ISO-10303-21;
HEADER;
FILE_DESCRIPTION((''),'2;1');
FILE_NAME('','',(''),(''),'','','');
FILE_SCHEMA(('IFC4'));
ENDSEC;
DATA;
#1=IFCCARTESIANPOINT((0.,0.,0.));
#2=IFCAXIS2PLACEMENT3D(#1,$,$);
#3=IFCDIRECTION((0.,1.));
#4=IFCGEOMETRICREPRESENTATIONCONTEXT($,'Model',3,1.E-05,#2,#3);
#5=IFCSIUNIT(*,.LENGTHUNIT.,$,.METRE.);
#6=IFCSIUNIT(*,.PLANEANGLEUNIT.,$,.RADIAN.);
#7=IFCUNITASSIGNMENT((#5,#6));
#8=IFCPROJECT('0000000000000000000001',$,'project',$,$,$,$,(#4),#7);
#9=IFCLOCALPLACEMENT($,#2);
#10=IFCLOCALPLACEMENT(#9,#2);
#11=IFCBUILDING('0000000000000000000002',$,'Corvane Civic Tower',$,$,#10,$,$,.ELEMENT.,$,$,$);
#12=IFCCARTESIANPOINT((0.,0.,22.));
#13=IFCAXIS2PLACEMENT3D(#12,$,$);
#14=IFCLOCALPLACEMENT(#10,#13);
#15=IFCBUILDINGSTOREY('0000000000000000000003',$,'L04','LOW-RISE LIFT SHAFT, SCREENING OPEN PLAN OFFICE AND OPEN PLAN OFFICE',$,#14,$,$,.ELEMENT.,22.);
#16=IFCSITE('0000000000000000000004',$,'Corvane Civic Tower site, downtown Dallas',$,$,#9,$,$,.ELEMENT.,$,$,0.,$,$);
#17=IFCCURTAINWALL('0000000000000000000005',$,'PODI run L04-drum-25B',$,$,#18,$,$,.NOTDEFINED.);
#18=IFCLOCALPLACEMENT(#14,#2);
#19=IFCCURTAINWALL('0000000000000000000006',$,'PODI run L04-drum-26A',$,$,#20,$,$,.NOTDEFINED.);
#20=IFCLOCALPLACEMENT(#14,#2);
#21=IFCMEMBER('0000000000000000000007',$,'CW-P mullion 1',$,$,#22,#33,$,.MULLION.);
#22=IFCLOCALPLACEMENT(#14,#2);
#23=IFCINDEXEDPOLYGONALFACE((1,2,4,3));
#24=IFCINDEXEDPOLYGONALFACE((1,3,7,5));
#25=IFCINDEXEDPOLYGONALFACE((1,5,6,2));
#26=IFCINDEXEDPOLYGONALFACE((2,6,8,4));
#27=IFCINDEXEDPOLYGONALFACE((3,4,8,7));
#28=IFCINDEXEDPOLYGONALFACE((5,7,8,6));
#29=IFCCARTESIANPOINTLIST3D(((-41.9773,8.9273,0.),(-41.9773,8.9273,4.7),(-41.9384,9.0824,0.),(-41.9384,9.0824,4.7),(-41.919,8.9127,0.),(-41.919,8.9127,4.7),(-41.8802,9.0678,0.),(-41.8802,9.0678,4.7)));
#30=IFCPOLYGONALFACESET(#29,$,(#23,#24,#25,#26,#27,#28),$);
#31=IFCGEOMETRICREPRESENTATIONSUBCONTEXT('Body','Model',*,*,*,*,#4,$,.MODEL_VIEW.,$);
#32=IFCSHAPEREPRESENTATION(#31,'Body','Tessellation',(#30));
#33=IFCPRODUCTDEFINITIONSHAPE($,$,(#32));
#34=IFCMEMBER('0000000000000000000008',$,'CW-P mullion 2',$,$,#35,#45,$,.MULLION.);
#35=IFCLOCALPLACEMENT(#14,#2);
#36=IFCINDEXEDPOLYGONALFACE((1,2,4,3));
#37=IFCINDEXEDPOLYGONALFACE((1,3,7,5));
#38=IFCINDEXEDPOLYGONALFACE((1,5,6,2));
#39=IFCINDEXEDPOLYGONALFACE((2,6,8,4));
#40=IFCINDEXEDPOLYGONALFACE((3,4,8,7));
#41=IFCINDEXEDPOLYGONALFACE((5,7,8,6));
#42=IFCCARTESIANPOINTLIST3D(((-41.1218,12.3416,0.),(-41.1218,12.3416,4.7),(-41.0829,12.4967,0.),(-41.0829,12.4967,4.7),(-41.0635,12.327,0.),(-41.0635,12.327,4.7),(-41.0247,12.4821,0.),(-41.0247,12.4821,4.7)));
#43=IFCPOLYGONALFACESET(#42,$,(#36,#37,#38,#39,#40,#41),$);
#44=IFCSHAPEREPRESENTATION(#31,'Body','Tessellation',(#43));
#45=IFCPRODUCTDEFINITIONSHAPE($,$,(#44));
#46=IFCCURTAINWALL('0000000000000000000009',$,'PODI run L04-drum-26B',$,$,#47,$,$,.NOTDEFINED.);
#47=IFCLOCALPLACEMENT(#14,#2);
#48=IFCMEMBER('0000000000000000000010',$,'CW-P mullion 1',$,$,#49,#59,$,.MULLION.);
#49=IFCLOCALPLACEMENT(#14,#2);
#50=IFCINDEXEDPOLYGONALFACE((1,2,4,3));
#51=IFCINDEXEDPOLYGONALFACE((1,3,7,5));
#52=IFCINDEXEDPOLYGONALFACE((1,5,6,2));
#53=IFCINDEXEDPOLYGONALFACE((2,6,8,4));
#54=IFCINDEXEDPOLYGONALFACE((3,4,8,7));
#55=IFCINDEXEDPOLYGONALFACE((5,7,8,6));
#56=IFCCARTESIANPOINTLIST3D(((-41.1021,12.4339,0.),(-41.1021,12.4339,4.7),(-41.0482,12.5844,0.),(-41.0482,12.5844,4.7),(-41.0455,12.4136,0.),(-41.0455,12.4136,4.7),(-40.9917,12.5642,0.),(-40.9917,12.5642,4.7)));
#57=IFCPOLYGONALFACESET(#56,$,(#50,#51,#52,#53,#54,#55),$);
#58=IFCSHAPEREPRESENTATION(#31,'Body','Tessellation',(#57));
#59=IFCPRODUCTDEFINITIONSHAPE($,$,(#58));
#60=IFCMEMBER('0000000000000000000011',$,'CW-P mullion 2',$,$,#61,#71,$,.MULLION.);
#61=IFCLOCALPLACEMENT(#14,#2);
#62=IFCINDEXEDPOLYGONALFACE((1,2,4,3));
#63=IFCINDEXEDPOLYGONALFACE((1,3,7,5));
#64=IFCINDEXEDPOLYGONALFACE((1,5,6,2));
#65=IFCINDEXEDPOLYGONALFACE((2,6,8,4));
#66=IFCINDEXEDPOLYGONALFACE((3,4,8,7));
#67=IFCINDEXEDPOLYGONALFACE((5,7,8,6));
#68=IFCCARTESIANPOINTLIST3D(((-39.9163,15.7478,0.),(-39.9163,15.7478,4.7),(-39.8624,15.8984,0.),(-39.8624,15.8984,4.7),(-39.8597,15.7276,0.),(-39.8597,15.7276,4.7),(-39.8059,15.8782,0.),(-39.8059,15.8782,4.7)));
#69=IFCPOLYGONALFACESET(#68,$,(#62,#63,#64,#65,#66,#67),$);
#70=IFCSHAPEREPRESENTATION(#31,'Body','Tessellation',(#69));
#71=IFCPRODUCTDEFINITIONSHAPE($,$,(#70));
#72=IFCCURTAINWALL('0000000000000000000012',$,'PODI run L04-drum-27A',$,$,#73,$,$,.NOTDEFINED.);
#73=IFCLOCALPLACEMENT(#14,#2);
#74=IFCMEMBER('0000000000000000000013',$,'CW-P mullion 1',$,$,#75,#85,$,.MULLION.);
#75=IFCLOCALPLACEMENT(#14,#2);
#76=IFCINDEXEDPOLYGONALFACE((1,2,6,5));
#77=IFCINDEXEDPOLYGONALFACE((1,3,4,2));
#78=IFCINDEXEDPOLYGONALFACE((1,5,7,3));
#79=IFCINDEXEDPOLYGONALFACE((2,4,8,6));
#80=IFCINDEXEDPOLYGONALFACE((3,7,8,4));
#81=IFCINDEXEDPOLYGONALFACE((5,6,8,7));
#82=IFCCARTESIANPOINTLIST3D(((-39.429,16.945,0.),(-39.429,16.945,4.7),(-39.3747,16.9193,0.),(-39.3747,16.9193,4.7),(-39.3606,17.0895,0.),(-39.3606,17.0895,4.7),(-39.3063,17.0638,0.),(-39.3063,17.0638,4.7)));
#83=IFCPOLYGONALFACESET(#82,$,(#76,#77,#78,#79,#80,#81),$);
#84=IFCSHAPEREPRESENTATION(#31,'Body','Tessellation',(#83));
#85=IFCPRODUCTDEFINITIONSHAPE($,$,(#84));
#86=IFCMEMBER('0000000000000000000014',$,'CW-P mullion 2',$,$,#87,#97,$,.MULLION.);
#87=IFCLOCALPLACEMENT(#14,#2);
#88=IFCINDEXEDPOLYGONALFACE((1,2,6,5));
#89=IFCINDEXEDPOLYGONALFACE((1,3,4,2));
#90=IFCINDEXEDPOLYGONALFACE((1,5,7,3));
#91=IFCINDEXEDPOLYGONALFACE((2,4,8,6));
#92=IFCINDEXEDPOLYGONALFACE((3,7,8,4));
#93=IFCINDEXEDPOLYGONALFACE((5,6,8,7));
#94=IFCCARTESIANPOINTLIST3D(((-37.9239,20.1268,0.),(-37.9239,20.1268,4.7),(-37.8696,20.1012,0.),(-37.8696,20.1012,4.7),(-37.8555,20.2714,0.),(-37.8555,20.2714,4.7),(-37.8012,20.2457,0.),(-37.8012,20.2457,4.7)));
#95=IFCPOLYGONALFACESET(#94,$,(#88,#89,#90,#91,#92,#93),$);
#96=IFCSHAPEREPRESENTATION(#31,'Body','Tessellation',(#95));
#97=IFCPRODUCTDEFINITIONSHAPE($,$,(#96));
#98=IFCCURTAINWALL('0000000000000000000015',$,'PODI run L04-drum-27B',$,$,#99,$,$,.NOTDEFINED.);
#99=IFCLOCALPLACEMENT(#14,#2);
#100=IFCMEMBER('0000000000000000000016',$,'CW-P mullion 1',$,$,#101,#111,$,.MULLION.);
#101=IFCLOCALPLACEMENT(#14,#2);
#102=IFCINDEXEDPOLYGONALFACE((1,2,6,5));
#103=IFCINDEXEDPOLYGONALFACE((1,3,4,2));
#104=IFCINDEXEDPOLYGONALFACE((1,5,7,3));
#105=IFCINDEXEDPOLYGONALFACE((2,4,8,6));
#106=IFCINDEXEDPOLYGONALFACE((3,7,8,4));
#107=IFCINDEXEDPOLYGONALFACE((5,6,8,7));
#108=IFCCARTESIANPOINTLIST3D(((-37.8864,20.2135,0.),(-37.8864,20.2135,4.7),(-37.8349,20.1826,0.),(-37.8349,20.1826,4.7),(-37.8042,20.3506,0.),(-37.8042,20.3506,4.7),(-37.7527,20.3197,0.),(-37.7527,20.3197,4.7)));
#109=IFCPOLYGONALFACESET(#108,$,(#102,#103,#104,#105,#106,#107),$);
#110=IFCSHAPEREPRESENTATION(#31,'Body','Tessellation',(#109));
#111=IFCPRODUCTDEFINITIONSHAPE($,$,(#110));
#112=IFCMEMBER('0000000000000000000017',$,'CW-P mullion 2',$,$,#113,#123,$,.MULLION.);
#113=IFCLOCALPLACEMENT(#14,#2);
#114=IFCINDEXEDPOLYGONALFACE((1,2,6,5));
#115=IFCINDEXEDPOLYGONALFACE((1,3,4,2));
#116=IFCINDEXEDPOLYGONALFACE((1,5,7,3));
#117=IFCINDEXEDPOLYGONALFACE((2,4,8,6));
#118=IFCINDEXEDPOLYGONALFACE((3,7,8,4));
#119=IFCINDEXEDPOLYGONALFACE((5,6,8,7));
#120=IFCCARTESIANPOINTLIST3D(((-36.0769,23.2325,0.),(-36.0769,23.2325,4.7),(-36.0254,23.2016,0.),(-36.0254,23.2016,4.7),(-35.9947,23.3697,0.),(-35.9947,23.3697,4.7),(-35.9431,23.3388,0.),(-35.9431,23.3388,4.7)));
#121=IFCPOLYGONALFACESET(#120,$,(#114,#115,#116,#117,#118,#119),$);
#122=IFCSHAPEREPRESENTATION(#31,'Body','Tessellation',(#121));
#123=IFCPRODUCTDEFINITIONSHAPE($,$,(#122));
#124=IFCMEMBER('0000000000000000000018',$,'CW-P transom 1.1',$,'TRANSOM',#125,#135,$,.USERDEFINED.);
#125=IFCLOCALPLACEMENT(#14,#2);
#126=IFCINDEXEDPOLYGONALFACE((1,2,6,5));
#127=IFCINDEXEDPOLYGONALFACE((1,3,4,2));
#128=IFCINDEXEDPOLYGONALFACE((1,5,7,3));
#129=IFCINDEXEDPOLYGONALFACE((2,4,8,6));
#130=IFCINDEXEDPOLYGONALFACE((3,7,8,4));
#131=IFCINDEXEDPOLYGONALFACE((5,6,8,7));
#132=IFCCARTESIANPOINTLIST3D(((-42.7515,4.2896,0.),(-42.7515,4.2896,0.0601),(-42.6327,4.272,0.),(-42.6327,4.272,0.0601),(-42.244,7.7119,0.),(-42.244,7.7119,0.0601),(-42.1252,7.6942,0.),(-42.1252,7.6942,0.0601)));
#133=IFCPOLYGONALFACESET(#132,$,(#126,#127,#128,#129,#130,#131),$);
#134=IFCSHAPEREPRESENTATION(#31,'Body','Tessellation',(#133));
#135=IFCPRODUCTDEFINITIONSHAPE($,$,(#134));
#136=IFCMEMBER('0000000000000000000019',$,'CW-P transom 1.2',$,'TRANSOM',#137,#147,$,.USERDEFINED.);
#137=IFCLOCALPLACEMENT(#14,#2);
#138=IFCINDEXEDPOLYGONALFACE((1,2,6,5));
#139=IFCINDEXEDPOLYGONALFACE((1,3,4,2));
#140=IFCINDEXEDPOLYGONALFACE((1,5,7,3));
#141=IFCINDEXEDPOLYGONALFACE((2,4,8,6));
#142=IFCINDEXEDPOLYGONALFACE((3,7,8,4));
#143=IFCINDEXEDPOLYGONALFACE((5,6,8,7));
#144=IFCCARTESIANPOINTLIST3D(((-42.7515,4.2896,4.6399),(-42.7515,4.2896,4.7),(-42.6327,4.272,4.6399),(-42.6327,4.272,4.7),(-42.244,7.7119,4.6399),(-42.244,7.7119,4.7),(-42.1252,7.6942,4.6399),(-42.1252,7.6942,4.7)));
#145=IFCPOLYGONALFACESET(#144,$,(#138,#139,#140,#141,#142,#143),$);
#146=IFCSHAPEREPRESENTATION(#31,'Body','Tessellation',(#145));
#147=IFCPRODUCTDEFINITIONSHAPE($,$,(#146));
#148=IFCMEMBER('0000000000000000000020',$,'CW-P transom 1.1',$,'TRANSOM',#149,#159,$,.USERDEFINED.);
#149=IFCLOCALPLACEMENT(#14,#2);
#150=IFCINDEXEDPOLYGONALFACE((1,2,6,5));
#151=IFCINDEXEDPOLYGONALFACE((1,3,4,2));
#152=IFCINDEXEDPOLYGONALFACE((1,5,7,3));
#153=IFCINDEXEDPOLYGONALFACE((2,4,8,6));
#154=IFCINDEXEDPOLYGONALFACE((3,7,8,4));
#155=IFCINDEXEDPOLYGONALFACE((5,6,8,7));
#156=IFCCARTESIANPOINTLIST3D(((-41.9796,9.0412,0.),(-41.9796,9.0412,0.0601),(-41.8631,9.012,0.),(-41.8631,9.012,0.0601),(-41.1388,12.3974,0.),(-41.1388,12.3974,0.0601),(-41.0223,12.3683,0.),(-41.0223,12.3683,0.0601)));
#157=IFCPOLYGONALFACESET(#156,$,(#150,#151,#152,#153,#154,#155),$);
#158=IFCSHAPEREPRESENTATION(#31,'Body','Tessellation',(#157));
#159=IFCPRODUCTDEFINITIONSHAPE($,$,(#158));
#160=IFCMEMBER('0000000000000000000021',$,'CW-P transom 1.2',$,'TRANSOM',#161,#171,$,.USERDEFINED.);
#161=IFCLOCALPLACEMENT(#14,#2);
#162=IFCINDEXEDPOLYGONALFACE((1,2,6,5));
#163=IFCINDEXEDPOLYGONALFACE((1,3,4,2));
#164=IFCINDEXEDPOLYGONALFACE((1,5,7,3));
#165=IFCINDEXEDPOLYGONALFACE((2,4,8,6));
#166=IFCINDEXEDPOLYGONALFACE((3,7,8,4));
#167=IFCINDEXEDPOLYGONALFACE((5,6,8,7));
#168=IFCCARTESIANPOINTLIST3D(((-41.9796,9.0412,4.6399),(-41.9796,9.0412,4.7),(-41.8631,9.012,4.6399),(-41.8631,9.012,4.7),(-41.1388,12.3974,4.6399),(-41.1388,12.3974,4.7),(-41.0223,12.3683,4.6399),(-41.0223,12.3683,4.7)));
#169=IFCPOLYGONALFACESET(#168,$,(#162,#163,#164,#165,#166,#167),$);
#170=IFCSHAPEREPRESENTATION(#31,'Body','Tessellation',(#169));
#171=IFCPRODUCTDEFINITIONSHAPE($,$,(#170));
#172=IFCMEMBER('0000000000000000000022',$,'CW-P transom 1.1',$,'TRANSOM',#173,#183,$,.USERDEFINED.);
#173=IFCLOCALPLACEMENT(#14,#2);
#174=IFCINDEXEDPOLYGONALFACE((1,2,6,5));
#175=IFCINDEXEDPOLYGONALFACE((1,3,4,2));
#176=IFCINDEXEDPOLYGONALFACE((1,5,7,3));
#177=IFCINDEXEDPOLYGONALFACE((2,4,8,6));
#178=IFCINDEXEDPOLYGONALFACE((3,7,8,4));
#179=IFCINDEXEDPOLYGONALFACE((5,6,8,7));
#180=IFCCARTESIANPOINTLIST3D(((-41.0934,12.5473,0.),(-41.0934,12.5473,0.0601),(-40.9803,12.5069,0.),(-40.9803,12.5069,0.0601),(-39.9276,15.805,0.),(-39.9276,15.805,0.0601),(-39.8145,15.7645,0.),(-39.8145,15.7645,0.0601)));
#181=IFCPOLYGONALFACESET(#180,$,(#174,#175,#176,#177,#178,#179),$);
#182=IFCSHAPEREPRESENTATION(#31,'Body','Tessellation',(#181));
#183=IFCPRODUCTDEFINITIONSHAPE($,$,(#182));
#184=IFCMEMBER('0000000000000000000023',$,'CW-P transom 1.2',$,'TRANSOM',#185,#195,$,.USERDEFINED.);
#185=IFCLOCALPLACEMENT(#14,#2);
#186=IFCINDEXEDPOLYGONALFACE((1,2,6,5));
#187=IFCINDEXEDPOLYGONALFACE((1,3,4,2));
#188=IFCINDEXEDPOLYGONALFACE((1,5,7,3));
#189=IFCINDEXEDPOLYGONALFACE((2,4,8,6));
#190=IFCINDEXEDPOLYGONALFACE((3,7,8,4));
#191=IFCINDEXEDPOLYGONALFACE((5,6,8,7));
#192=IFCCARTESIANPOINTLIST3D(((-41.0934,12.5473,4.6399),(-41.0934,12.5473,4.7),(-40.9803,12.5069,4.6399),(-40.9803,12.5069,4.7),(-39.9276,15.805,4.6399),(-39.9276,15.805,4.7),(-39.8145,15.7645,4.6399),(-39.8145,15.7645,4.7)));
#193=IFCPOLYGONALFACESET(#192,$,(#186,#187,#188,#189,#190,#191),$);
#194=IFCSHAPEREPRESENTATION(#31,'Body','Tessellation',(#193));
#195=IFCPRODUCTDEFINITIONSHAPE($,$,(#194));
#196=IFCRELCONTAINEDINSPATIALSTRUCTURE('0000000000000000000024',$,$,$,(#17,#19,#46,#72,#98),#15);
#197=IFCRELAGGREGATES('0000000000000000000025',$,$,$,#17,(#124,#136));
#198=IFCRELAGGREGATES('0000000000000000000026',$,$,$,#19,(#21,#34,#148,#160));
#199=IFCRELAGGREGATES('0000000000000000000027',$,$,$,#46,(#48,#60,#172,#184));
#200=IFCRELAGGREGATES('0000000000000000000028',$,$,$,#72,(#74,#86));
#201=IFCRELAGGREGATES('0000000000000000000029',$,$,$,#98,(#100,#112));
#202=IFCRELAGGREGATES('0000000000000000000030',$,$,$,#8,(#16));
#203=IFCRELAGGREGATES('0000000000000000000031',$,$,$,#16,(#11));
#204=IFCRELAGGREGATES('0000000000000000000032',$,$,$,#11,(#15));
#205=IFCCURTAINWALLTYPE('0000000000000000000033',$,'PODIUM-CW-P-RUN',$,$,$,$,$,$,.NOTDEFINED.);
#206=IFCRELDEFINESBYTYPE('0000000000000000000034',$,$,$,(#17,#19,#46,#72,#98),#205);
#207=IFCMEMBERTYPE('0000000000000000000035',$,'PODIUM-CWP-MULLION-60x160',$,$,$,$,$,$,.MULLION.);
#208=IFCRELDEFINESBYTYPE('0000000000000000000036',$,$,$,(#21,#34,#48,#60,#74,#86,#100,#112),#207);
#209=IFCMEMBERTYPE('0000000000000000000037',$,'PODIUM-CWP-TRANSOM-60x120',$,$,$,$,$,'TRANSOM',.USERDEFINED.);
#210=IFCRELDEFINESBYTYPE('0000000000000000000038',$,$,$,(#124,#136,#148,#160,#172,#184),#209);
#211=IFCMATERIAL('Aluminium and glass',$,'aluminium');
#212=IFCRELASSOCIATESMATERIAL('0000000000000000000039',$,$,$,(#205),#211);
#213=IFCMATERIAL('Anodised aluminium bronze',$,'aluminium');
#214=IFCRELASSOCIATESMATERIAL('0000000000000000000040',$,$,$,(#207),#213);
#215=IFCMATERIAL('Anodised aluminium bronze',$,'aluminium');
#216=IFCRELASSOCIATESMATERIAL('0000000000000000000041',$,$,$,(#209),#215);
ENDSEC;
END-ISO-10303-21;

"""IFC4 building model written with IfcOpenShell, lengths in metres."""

from ifc_helpers import new_model, si_unit, direction, frame, origin, origin_2d, place, context, subcontext, project, spatial, rectangle, extrude, material, material_profile, profile_set, type_object, element, aggregate, save


model = new_model("IFC4")

# Units and contexts
model_context = context("Model", 3, precision=1e-05, world=origin(), true_north=direction((0.0, 1.0)))
body_context = subcontext(model_context, "Body", "Model", "MODEL_VIEW")
ifc_project = project(units=[si_unit("LENGTHUNIT", "METRE"), si_unit("PLANEANGLEUNIT", "RADIAN")], contexts=[model_context])

# Site, building, storey
site_placement = place(None, origin())
site = spatial("IfcSite", under=ifc_project, at=site_placement, Name="Corvane Civic Tower site, downtown Dallas", CompositionType="ELEMENT", RefElevation=0.0)
building_placement = place(site_placement, origin())
building = spatial("IfcBuilding", under=site, at=building_placement, Name="Corvane Civic Tower", CompositionType="ELEMENT")
storey_placement = place(building_placement, frame((0.0, 0.0, 22.0)))
storey = spatial("IfcBuildingStorey", under=building, at=storey_placement, Name="L04", Description="LOW-RISE LIFT SHAFT, SCREENING OPEN PLAN OFFICE AND OPEN PLAN OFFICE", CompositionType="ELEMENT", Elevation=22.0)

# Curtain walls, members
ifc_material_1 = material(Name="Aluminium and glass", Category="aluminium")
curtain_wall_type = type_object("IfcCurtainWallType", Name="PODIUM-CW-P-RUN", PredefinedType="NOTDEFINED", material=ifc_material_1)
curtain_wall_1_placement = place(storey_placement, origin())
curtain_wall_1 = element("IfcCurtainWall", 1, at=curtain_wall_1_placement, inside=storey, type_object=curtain_wall_type, Name="PODI run L04-drum-25B", PredefinedType="NOTDEFINED")
ifc_material_2 = material(Name="Anodised aluminium bronze", Category="aluminium")
ifc_material_profile_1 = material_profile(ifc_material_2, rectangle(XDim=0.0601, YDim=0.1599, at=origin_2d()), Name="AL 60x160")
ifc_profile_set_1 = profile_set([ifc_material_profile_1], Name="Anodised aluminium bronze")
member_type_1 = type_object("IfcMemberType", Name="PODIUM-CWP-MULLION-60x160", PredefinedType="MULLION", material=ifc_profile_set_1)
curtain_wall_2_placement = place(storey_placement, origin())
curtain_wall_2 = element("IfcCurtainWall", 2, at=curtain_wall_2_placement, inside=storey, type_object=curtain_wall_type, Name="PODI run L04-drum-26A", PredefinedType="NOTDEFINED")
member_1_placement = place(storey_placement, frame((-41.9287, 8.9976, 0.0), z_axis=(0.0, 0.0, 1.0), x_axis=(-0.970024, 0.243009, 0.0)))
member_1 = element("IfcMember", 3, at=member_1_placement, type_object=member_type_1, Name="CW-P mullion 1", PredefinedType="MULLION", context=body_context, shape_type="SweptSolid", body=[
    extrude(rectangle(XDim=0.0601, YDim=0.1599, at=origin_2d()), origin(), (0.0, 0.0, 1.0), 4.7),
])
member_2_placement = place(storey_placement, frame((-41.0732, 12.4119, 0.0), z_axis=(0.0, 0.0, 1.0), x_axis=(-0.970024, 0.243009, 0.0)))
member_2 = element("IfcMember", 4, at=member_2_placement, type_object=member_type_1, Name="CW-P mullion 2", PredefinedType="MULLION", context=body_context, shape_type="SweptSolid", body=[
    extrude(rectangle(XDim=0.0601, YDim=0.1599, at=origin_2d()), origin(), (0.0, 0.0, 1.0), 4.7),
])
curtain_wall_3_placement = place(storey_placement, origin())
curtain_wall_3 = element("IfcCurtainWall", 5, at=curtain_wall_3_placement, inside=storey, type_object=curtain_wall_type, Name="PODI run L04-drum-26B", PredefinedType="NOTDEFINED")
member_3_placement = place(storey_placement, frame((-41.0469, 12.499, 0.0), z_axis=(0.0, 0.0, 1.0), x_axis=(-0.941534, 0.336919, 0.0)))
member_3 = element("IfcMember", 6, at=member_3_placement, type_object=member_type_1, Name="CW-P mullion 1", PredefinedType="MULLION", context=body_context, shape_type="SweptSolid", body=[
    extrude(rectangle(XDim=0.0601, YDim=0.1599, at=origin_2d()), origin(), (0.0, 0.0, 1.0), 4.7),
])
member_4_placement = place(storey_placement, frame((-39.8611, 15.813, 0.0), z_axis=(0.0, 0.0, 1.0), x_axis=(-0.941534, 0.336919, 0.0)))
member_4 = element("IfcMember", 7, at=member_4_placement, type_object=member_type_1, Name="CW-P mullion 2", PredefinedType="MULLION", context=body_context, shape_type="SweptSolid", body=[
    extrude(rectangle(XDim=0.0601, YDim=0.1599, at=origin_2d()), origin(), (0.0, 0.0, 1.0), 4.7),
])
curtain_wall_4_placement = place(storey_placement, origin())
curtain_wall_4 = element("IfcCurtainWall", 8, at=curtain_wall_4_placement, inside=storey, type_object=curtain_wall_type, Name="PODI run L04-drum-27A", PredefinedType="NOTDEFINED")
member_5_placement = place(storey_placement, frame((-39.3677, 17.0044, 0.0), z_axis=(0.0, 0.0, 1.0), x_axis=(-0.90399, 0.427553, 0.0)))
member_5 = element("IfcMember", 9, at=member_5_placement, type_object=member_type_1, Name="CW-P mullion 1", PredefinedType="MULLION", context=body_context, shape_type="SweptSolid", body=[
    extrude(rectangle(XDim=0.0601, YDim=0.1599, at=origin_2d()), origin(), (0.0, 0.0, 1.0), 4.7),
])
member_6_placement = place(storey_placement, frame((-37.8625, 20.1863, 0.0), z_axis=(0.0, 0.0, 1.0), x_axis=(-0.90399, 0.427553, 0.0)))
member_6 = element("IfcMember", 10, at=member_6_placement, type_object=member_type_1, Name="CW-P mullion 2", PredefinedType="MULLION", context=body_context, shape_type="SweptSolid", body=[
    extrude(rectangle(XDim=0.0601, YDim=0.1599, at=origin_2d()), origin(), (0.0, 0.0, 1.0), 4.7),
])
curtain_wall_5_placement = place(storey_placement, origin())
curtain_wall_5 = element("IfcCurtainWall", 11, at=curtain_wall_5_placement, inside=storey, type_object=curtain_wall_type, Name="PODI run L04-drum-27B", PredefinedType="NOTDEFINED")
member_7_placement = place(storey_placement, frame((-37.8196, 20.2666, 0.0), z_axis=(0.0, 0.0, 1.0), x_axis=(-0.85772, 0.514118, 0.0)))
member_7 = element("IfcMember", 12, at=member_7_placement, type_object=member_type_1, Name="CW-P mullion 1", PredefinedType="MULLION", context=body_context, shape_type="SweptSolid", body=[
    extrude(rectangle(XDim=0.0601, YDim=0.1599, at=origin_2d()), origin(), (0.0, 0.0, 1.0), 4.7),
])
member_8_placement = place(storey_placement, frame((-36.01, 23.2856, 0.0), z_axis=(0.0, 0.0, 1.0), x_axis=(-0.85772, 0.514118, 0.0)))
member_8 = element("IfcMember", 13, at=member_8_placement, type_object=member_type_1, Name="CW-P mullion 2", PredefinedType="MULLION", context=body_context, shape_type="SweptSolid", body=[
    extrude(rectangle(XDim=0.0601, YDim=0.1599, at=origin_2d()), origin(), (0.0, 0.0, 1.0), 4.7),
])

# Members
ifc_material_3 = material(Name="Anodised aluminium bronze", Category="aluminium")
ifc_material_profile_2 = material_profile(ifc_material_3, rectangle(XDim=0.1201, YDim=0.0601, at=origin_2d()), Name="AL 120x60")
ifc_profile_set_2 = profile_set([ifc_material_profile_2], Name="Anodised aluminium bronze")
member_type_2 = type_object("IfcMemberType", Name="PODIUM-CWP-TRANSOM-60x120", ElementType="TRANSOM", PredefinedType="USERDEFINED", material=ifc_profile_set_2)
member_9_placement = place(storey_placement, frame((-42.6921, 4.2808, 0.03), z_axis=(0.146705, 0.98918, 0.0), x_axis=(-0.98918, 0.146705, 0.0)))
member_9 = element("IfcMember", 14, at=member_9_placement, type_object=member_type_2, Name="CW-P transom 1.1", ObjectType="TRANSOM", PredefinedType="USERDEFINED", context=body_context, shape_type="SweptSolid", body=[
    extrude(rectangle(XDim=0.1201, YDim=0.0601, at=origin_2d()), origin(), (0.0, 0.0, 1.0), 3.4597),
])
member_10_placement = place(storey_placement, frame((-42.6921, 4.2808, 4.6699), z_axis=(0.146705, 0.98918, 0.0), x_axis=(-0.98918, 0.146705, 0.0)))
member_10 = element("IfcMember", 15, at=member_10_placement, type_object=member_type_2, Name="CW-P transom 1.2", ObjectType="TRANSOM", PredefinedType="USERDEFINED", context=body_context, shape_type="SweptSolid", body=[
    extrude(rectangle(XDim=0.1201, YDim=0.0601, at=origin_2d()), origin(), (0.0, 0.0, 1.0), 3.4597),
])
member_11_placement = place(storey_placement, frame((-41.9214, 9.0266, 0.03), z_axis=(0.243017, 0.970022, 0.0), x_axis=(-0.970022, 0.243017, 0.0)))
member_11 = element("IfcMember", 16, at=member_11_placement, type_object=member_type_2, Name="CW-P transom 1.1", ObjectType="TRANSOM", PredefinedType="USERDEFINED", context=body_context, shape_type="SweptSolid", body=[
    extrude(rectangle(XDim=0.1201, YDim=0.0601, at=origin_2d()), origin(), (0.0, 0.0, 1.0), 3.46),
])
member_12_placement = place(storey_placement, frame((-41.9214, 9.0266, 4.6699), z_axis=(0.243017, 0.970022, 0.0), x_axis=(-0.970022, 0.243017, 0.0)))
member_12 = element("IfcMember", 17, at=member_12_placement, type_object=member_type_2, Name="CW-P transom 1.2", ObjectType="TRANSOM", PredefinedType="USERDEFINED", context=body_context, shape_type="SweptSolid", body=[
    extrude(rectangle(XDim=0.1201, YDim=0.0601, at=origin_2d()), origin(), (0.0, 0.0, 1.0), 3.46),
])
member_13_placement = place(storey_placement, frame((-41.0369, 12.5271, 0.03), z_axis=(0.33694, 0.941526, 0.0), x_axis=(-0.941526, 0.33694, 0.0)))
member_13 = element("IfcMember", 18, at=member_13_placement, type_object=member_type_2, Name="CW-P transom 1.1", ObjectType="TRANSOM", PredefinedType="USERDEFINED", context=body_context, shape_type="SweptSolid", body=[
    extrude(rectangle(XDim=0.1201, YDim=0.0601, at=origin_2d()), origin(), (0.0, 0.0, 1.0), 3.46),
])
member_14_placement = place(storey_placement, frame((-41.0369, 12.5271, 4.6699), z_axis=(0.33694, 0.941526, 0.0), x_axis=(-0.941526, 0.33694, 0.0)))
member_14 = element("IfcMember", 19, at=member_14_placement, type_object=member_type_2, Name="CW-P transom 1.2", ObjectType="TRANSOM", PredefinedType="USERDEFINED", context=body_context, shape_type="SweptSolid", body=[
    extrude(rectangle(XDim=0.1201, YDim=0.0601, at=origin_2d()), origin(), (0.0, 0.0, 1.0), 3.46),
])

aggregate(curtain_wall_1, [member_9, member_10])
aggregate(curtain_wall_2, [member_1, member_2, member_11, member_12])
aggregate(curtain_wall_3, [member_3, member_4, member_13, member_14])
aggregate(curtain_wall_4, [member_5, member_6])
aggregate(curtain_wall_5, [member_7, member_8])

save(model, "model.ifc")
